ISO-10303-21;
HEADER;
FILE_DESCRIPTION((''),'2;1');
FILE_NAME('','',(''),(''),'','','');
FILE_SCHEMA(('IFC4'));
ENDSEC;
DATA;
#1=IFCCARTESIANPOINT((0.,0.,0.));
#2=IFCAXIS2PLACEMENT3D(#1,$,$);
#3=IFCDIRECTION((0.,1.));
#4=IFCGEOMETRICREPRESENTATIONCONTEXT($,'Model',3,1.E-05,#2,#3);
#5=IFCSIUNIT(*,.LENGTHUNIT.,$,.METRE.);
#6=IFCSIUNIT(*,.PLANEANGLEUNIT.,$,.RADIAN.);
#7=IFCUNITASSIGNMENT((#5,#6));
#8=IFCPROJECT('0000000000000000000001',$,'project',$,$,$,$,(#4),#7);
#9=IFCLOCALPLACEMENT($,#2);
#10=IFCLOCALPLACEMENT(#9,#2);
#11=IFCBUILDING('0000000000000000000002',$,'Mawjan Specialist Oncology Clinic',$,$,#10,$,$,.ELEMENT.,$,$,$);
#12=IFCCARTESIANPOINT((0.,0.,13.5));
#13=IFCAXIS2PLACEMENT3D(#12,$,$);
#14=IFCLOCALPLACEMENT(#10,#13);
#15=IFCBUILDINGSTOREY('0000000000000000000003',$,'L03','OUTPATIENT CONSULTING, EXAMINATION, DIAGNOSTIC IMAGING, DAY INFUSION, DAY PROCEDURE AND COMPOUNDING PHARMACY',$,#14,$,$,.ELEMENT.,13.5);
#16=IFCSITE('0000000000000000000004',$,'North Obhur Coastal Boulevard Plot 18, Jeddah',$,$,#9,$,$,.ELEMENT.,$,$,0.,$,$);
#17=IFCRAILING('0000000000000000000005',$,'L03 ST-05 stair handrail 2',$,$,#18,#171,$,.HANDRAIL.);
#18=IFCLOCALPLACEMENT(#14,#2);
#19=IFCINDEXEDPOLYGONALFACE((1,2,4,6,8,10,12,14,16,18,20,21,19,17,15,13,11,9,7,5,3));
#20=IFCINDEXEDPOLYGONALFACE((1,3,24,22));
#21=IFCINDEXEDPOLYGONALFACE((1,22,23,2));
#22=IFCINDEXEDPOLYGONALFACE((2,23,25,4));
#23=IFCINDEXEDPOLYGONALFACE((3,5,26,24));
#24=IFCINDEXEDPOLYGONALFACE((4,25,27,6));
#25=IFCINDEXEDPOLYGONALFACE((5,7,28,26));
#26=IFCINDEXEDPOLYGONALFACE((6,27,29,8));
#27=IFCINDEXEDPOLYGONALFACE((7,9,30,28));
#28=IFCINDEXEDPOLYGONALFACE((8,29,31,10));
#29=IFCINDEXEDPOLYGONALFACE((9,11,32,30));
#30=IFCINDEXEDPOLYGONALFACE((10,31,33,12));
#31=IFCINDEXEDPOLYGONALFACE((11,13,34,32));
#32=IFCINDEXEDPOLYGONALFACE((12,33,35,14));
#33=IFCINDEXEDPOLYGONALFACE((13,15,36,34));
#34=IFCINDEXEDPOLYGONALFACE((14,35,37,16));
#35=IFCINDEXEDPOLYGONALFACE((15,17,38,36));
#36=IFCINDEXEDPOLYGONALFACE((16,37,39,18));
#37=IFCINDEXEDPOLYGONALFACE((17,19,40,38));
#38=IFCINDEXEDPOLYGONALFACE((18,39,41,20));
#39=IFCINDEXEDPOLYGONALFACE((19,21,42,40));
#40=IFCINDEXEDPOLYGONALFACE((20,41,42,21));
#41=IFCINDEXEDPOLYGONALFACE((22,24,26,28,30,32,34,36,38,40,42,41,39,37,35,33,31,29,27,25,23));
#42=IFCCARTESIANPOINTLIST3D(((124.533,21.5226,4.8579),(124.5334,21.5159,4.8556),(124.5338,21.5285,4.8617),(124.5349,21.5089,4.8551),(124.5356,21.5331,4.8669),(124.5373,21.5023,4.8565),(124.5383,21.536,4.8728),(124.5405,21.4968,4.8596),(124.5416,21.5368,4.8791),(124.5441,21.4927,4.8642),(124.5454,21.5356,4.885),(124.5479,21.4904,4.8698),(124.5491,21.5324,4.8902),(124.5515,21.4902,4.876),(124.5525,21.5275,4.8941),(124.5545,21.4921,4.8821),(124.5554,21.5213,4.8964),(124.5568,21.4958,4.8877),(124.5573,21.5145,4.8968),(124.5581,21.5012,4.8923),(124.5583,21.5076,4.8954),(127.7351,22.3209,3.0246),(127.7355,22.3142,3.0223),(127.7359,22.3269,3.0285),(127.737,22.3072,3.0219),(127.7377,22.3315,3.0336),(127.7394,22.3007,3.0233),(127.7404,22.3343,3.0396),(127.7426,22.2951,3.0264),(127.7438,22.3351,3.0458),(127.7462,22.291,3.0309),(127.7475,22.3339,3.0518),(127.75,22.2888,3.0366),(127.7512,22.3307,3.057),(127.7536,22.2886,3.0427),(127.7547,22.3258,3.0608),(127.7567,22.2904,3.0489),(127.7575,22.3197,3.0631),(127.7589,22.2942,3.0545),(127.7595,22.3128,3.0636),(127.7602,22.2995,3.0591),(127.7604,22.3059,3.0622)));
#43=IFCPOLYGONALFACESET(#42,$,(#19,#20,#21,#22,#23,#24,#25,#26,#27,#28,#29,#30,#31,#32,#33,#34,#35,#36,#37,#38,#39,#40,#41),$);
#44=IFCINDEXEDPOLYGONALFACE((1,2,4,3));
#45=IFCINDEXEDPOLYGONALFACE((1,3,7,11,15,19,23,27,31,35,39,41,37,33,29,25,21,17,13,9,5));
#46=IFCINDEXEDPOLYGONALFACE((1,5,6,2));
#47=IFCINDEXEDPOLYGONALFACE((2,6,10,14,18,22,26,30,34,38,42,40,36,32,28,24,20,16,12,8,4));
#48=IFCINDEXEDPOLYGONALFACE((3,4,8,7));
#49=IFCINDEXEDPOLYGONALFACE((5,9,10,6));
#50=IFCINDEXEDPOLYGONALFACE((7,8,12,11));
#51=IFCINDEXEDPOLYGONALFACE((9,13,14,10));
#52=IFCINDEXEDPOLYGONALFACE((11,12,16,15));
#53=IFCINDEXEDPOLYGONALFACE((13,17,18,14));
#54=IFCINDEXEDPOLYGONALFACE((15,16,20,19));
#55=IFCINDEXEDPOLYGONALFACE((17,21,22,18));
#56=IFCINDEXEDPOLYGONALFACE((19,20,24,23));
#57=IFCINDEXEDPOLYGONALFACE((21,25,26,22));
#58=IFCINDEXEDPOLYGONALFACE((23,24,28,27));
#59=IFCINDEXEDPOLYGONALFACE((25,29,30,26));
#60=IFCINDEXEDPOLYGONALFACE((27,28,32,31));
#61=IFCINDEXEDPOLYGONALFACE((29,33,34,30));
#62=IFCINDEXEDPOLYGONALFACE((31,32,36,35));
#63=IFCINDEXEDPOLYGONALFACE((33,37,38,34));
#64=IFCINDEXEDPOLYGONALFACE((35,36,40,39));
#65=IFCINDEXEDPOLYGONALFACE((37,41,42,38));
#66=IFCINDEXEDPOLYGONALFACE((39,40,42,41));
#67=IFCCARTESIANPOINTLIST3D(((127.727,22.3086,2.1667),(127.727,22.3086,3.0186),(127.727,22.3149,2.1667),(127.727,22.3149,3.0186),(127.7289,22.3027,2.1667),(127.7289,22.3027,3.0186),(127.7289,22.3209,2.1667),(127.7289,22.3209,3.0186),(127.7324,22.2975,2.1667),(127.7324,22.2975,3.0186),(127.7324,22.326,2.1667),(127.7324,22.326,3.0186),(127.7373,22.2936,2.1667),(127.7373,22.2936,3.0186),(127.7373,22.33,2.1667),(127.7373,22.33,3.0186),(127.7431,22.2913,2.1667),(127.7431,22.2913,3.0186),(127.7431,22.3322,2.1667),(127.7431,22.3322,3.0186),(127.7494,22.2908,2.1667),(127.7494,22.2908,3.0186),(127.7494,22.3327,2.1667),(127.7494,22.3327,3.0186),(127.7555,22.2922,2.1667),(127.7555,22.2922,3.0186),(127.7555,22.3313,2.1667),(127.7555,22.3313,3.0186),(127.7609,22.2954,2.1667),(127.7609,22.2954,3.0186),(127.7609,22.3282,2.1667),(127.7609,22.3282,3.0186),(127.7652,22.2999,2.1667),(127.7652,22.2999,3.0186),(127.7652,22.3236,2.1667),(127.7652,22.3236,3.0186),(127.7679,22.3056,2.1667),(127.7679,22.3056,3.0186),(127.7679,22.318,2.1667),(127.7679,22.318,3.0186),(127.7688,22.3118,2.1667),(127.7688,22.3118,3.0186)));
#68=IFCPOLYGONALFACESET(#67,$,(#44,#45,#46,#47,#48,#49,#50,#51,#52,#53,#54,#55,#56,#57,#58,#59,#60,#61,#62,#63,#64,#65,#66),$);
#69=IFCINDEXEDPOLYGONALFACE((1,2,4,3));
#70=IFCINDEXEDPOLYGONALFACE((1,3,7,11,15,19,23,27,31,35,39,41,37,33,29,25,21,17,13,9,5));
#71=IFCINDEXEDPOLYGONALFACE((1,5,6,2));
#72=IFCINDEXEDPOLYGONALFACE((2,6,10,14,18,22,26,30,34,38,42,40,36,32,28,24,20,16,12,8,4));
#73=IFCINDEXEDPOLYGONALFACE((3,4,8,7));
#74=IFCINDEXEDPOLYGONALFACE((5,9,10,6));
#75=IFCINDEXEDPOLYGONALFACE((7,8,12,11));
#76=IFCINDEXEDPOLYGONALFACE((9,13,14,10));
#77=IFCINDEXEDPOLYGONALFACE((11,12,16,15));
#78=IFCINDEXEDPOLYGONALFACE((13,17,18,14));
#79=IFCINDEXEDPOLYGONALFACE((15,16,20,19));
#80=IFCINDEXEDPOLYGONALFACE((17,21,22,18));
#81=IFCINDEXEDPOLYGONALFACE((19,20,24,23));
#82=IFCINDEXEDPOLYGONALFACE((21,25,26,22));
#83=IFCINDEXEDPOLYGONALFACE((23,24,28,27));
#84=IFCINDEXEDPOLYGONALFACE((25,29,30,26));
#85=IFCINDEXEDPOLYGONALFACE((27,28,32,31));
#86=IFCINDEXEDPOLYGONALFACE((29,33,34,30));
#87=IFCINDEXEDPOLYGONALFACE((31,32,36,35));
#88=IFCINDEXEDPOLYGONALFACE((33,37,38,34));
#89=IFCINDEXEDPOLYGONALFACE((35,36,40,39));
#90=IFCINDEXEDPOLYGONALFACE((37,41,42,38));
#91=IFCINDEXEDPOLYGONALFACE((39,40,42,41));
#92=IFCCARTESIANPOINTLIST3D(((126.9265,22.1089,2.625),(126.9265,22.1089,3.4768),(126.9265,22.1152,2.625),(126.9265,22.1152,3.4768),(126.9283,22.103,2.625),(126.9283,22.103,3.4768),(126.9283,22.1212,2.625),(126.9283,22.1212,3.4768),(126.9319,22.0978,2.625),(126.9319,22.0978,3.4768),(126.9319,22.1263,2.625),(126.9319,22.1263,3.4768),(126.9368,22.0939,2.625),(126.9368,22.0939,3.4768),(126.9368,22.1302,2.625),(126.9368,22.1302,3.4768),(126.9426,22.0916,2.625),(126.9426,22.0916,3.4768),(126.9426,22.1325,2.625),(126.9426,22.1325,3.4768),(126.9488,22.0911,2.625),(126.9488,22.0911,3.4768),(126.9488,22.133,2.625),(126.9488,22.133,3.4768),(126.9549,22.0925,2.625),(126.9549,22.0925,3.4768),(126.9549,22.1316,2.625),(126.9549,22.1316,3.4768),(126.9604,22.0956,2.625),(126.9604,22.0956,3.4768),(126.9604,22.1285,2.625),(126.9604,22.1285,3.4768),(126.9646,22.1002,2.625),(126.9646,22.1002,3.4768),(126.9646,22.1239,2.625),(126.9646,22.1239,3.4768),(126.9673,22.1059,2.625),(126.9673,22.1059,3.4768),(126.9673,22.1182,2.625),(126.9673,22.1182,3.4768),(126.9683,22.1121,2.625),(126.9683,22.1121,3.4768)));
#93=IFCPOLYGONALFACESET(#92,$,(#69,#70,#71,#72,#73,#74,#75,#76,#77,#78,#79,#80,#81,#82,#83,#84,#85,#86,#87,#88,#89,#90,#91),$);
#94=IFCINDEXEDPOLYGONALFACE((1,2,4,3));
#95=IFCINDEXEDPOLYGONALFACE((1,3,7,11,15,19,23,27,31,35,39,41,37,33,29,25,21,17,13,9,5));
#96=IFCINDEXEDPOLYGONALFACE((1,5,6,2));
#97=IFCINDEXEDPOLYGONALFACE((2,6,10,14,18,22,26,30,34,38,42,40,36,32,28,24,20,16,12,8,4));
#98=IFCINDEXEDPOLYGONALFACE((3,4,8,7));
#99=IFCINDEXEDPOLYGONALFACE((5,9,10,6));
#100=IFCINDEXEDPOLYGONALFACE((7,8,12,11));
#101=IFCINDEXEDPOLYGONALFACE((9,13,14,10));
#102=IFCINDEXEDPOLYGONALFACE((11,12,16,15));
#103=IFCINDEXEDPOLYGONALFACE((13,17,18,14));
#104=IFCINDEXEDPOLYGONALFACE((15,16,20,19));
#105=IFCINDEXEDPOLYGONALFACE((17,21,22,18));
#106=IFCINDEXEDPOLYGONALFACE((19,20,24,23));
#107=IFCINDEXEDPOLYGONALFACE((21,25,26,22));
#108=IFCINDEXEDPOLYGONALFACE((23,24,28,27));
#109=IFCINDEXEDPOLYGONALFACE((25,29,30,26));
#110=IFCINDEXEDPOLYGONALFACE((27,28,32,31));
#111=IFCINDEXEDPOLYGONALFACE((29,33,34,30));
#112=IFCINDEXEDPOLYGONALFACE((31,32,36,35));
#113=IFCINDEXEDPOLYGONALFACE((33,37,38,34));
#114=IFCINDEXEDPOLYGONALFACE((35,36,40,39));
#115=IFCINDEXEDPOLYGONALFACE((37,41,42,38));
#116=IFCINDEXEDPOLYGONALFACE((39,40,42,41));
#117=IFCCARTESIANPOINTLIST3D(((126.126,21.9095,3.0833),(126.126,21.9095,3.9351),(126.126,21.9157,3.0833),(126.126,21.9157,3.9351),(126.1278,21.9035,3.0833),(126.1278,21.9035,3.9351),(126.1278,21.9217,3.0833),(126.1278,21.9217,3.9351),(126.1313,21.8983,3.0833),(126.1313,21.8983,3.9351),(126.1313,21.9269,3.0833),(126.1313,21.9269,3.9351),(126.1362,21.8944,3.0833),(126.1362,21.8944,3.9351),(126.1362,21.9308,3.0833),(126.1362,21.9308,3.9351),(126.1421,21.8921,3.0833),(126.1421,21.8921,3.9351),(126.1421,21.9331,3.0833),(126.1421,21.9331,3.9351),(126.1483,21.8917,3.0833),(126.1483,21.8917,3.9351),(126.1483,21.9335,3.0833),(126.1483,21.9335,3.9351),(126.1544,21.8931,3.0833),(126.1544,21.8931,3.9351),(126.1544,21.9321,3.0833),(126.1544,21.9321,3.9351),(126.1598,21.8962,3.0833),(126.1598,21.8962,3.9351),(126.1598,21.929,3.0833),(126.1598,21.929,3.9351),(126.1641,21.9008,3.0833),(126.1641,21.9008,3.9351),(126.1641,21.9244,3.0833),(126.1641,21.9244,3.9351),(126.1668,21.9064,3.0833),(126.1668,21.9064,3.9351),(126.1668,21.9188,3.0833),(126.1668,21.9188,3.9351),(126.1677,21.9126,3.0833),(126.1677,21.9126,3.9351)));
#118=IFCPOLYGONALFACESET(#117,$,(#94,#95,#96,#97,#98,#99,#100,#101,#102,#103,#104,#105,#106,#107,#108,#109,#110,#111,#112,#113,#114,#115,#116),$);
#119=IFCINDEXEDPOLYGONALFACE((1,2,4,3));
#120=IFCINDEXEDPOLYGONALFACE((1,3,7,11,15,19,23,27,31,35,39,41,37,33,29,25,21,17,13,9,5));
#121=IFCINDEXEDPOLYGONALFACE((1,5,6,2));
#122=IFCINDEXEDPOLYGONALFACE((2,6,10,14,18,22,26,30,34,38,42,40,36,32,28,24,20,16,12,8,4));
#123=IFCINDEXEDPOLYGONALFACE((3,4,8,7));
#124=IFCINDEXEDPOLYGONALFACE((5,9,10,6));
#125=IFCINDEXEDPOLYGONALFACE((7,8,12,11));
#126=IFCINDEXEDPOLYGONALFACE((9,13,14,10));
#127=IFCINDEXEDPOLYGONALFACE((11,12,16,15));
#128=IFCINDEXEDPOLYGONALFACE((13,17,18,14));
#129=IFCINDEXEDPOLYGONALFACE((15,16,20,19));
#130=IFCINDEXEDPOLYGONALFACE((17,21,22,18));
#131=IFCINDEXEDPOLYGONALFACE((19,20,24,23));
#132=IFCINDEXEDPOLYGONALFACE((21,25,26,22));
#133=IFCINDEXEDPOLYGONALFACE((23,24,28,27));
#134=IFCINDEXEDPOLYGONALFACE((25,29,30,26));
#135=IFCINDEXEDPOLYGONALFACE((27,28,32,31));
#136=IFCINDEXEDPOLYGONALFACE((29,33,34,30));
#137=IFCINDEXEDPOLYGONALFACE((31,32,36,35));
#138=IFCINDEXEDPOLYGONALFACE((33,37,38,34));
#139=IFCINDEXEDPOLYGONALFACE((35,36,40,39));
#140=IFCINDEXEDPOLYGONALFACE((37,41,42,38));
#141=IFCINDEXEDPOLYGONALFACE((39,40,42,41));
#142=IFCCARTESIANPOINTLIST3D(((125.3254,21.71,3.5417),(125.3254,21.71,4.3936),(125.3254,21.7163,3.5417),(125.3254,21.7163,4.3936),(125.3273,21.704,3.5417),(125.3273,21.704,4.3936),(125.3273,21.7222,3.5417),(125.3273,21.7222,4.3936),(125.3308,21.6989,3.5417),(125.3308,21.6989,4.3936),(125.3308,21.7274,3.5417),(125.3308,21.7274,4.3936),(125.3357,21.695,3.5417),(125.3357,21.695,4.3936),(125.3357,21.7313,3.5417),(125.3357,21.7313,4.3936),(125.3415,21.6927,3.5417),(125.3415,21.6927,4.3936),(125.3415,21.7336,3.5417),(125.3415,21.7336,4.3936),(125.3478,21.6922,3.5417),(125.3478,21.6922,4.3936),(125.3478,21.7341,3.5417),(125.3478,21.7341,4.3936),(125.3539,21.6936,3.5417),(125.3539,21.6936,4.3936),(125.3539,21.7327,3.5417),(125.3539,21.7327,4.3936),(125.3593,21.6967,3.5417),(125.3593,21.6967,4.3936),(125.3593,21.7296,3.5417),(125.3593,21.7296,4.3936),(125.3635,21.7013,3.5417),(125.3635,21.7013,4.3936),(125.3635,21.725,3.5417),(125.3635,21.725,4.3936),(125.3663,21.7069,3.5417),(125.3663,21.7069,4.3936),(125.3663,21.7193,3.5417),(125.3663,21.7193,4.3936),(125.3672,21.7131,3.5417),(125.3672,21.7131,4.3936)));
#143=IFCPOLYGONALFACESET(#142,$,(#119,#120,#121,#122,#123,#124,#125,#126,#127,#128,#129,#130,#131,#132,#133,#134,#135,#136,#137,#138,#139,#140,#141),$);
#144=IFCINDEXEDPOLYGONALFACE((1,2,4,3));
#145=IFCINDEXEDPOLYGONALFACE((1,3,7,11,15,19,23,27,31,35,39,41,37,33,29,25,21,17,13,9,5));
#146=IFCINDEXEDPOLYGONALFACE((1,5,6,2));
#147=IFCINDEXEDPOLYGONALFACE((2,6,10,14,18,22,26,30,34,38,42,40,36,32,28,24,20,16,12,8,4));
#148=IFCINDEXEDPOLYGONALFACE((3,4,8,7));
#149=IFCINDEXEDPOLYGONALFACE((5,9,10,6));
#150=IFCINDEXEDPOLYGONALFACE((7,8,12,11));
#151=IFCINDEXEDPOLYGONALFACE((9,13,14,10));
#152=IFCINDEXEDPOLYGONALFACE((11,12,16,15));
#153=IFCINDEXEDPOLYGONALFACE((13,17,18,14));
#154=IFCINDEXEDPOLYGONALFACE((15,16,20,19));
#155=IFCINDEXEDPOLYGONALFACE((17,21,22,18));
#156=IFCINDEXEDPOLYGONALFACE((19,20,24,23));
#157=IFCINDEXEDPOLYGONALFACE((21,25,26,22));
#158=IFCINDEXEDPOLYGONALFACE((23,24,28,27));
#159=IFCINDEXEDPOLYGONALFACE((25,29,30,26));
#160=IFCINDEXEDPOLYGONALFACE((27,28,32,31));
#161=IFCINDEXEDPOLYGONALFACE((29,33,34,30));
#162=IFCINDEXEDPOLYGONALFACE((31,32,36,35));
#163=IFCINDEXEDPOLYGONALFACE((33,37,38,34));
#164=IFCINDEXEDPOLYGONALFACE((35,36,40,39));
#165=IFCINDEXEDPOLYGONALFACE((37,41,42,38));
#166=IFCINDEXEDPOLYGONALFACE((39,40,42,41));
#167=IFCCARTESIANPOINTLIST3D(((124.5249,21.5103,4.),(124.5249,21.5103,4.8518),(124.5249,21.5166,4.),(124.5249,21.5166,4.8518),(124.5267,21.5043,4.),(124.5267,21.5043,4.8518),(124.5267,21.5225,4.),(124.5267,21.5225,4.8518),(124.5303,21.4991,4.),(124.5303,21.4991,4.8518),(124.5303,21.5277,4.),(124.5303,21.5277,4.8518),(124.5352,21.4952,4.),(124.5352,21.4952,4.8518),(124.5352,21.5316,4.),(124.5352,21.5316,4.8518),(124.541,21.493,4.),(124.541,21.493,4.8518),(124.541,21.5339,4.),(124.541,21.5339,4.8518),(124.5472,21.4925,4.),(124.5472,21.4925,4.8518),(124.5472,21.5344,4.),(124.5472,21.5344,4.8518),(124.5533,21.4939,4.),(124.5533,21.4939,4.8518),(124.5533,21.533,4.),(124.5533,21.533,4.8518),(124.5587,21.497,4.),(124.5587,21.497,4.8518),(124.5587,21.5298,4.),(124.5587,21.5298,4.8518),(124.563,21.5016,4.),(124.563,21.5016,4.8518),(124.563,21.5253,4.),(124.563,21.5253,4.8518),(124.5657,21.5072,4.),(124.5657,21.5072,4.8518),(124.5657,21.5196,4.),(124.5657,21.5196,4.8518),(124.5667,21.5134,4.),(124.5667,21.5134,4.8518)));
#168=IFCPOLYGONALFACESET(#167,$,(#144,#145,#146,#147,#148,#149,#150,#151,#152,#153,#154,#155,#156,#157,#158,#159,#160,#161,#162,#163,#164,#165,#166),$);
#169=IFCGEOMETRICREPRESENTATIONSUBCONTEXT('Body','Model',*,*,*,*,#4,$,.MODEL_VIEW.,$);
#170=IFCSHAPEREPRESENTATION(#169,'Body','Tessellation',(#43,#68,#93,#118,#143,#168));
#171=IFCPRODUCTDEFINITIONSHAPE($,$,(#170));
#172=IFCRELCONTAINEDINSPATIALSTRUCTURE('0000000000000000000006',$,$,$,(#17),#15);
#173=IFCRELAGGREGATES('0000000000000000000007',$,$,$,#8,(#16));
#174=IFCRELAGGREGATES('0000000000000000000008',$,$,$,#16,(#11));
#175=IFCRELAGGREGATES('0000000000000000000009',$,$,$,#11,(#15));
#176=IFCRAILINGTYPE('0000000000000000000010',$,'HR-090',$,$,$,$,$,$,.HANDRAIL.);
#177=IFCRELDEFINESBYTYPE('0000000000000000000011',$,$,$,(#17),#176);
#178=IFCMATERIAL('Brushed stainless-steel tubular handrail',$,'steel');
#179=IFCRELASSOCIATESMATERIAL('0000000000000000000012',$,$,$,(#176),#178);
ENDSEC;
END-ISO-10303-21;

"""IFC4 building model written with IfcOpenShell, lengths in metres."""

from ifc_helpers import new_model, si_unit, direction, frame, origin, origin_2d, place, context, subcontext, project, spatial, circle, extrude, material, type_object, element, save


model = new_model("IFC4")

# Units and contexts
model_context = context("Model", 3, precision=1e-05, world=origin(), true_north=direction((0.0, 1.0)))
body_context = subcontext(model_context, "Body", "Model", "MODEL_VIEW")
ifc_project = project(units=[si_unit("LENGTHUNIT", "METRE"), si_unit("PLANEANGLEUNIT", "RADIAN")], contexts=[model_context])

# Site, building, storey
site_placement = place(None, origin())
site = spatial("IfcSite", under=ifc_project, at=site_placement, Name="North Obhur Coastal Boulevard Plot 18, Jeddah", CompositionType="ELEMENT", RefElevation=0.0)
building_placement = place(site_placement, origin())
building = spatial("IfcBuilding", under=site, at=building_placement, Name="Mawjan Specialist Oncology Clinic", CompositionType="ELEMENT")
storey_placement = place(building_placement, frame((0.0, 0.0, 13.5)))
storey = spatial("IfcBuildingStorey", under=building, at=storey_placement, Name="L03", Description="OUTPATIENT CONSULTING, EXAMINATION, DIAGNOSTIC IMAGING, DAY INFUSION, DAY PROCEDURE AND COMPOUNDING PHARMACY", CompositionType="ELEMENT", Elevation=13.5)

# Railing
ifc_material_1 = material(Name="Brushed stainless-steel tubular handrail", Category="steel")
railing_type_1 = type_object("IfcRailingType", Name="HR-090", PredefinedType="HANDRAIL", material=ifc_material_1)
railing_1_placement = place(storey_placement, frame((127.7478, 22.3118, 2.1667)))
element("IfcRailing", 1, at=railing_1_placement, inside=storey, type_object=railing_type_1, Name="L03 ST-05 stair handrail 2", PredefinedType="HANDRAIL", context=body_context, shape_type="SweptSolid", body=[
    extrude(circle(Radius=0.0239, at=origin_2d()), frame((0.0, 0.0, 0.876), z_axis=(-0.848213, -0.211471, 0.485608), x_axis=(0.241909, -0.970299, 0.0)), (0.0, 0.0, 1.0), 3.7751),
    extrude(circle(Radius=0.021, at=origin_2d()), origin(), (0.0, 0.0, 1.0), 0.8518),
    extrude(circle(Radius=0.021, at=origin_2d()), frame((-0.8005, -0.1997, 0.4583)), (0.0, 0.0, 1.0), 0.8518),
    extrude(circle(Radius=0.021, at=origin_2d()), frame((-1.6011, -0.3992, 0.9165)), (0.0, 0.0, 1.0), 0.8518),
    extrude(circle(Radius=0.021, at=origin_2d()), frame((-2.4016, -0.5986, 1.375)), (0.0, 0.0, 1.0), 0.8518),
    extrude(circle(Radius=0.021, at=origin_2d()), frame((-3.2021, -0.7983, 1.8333)), (0.0, 0.0, 1.0), 0.8518),
])

save(model, "model.ifc")
